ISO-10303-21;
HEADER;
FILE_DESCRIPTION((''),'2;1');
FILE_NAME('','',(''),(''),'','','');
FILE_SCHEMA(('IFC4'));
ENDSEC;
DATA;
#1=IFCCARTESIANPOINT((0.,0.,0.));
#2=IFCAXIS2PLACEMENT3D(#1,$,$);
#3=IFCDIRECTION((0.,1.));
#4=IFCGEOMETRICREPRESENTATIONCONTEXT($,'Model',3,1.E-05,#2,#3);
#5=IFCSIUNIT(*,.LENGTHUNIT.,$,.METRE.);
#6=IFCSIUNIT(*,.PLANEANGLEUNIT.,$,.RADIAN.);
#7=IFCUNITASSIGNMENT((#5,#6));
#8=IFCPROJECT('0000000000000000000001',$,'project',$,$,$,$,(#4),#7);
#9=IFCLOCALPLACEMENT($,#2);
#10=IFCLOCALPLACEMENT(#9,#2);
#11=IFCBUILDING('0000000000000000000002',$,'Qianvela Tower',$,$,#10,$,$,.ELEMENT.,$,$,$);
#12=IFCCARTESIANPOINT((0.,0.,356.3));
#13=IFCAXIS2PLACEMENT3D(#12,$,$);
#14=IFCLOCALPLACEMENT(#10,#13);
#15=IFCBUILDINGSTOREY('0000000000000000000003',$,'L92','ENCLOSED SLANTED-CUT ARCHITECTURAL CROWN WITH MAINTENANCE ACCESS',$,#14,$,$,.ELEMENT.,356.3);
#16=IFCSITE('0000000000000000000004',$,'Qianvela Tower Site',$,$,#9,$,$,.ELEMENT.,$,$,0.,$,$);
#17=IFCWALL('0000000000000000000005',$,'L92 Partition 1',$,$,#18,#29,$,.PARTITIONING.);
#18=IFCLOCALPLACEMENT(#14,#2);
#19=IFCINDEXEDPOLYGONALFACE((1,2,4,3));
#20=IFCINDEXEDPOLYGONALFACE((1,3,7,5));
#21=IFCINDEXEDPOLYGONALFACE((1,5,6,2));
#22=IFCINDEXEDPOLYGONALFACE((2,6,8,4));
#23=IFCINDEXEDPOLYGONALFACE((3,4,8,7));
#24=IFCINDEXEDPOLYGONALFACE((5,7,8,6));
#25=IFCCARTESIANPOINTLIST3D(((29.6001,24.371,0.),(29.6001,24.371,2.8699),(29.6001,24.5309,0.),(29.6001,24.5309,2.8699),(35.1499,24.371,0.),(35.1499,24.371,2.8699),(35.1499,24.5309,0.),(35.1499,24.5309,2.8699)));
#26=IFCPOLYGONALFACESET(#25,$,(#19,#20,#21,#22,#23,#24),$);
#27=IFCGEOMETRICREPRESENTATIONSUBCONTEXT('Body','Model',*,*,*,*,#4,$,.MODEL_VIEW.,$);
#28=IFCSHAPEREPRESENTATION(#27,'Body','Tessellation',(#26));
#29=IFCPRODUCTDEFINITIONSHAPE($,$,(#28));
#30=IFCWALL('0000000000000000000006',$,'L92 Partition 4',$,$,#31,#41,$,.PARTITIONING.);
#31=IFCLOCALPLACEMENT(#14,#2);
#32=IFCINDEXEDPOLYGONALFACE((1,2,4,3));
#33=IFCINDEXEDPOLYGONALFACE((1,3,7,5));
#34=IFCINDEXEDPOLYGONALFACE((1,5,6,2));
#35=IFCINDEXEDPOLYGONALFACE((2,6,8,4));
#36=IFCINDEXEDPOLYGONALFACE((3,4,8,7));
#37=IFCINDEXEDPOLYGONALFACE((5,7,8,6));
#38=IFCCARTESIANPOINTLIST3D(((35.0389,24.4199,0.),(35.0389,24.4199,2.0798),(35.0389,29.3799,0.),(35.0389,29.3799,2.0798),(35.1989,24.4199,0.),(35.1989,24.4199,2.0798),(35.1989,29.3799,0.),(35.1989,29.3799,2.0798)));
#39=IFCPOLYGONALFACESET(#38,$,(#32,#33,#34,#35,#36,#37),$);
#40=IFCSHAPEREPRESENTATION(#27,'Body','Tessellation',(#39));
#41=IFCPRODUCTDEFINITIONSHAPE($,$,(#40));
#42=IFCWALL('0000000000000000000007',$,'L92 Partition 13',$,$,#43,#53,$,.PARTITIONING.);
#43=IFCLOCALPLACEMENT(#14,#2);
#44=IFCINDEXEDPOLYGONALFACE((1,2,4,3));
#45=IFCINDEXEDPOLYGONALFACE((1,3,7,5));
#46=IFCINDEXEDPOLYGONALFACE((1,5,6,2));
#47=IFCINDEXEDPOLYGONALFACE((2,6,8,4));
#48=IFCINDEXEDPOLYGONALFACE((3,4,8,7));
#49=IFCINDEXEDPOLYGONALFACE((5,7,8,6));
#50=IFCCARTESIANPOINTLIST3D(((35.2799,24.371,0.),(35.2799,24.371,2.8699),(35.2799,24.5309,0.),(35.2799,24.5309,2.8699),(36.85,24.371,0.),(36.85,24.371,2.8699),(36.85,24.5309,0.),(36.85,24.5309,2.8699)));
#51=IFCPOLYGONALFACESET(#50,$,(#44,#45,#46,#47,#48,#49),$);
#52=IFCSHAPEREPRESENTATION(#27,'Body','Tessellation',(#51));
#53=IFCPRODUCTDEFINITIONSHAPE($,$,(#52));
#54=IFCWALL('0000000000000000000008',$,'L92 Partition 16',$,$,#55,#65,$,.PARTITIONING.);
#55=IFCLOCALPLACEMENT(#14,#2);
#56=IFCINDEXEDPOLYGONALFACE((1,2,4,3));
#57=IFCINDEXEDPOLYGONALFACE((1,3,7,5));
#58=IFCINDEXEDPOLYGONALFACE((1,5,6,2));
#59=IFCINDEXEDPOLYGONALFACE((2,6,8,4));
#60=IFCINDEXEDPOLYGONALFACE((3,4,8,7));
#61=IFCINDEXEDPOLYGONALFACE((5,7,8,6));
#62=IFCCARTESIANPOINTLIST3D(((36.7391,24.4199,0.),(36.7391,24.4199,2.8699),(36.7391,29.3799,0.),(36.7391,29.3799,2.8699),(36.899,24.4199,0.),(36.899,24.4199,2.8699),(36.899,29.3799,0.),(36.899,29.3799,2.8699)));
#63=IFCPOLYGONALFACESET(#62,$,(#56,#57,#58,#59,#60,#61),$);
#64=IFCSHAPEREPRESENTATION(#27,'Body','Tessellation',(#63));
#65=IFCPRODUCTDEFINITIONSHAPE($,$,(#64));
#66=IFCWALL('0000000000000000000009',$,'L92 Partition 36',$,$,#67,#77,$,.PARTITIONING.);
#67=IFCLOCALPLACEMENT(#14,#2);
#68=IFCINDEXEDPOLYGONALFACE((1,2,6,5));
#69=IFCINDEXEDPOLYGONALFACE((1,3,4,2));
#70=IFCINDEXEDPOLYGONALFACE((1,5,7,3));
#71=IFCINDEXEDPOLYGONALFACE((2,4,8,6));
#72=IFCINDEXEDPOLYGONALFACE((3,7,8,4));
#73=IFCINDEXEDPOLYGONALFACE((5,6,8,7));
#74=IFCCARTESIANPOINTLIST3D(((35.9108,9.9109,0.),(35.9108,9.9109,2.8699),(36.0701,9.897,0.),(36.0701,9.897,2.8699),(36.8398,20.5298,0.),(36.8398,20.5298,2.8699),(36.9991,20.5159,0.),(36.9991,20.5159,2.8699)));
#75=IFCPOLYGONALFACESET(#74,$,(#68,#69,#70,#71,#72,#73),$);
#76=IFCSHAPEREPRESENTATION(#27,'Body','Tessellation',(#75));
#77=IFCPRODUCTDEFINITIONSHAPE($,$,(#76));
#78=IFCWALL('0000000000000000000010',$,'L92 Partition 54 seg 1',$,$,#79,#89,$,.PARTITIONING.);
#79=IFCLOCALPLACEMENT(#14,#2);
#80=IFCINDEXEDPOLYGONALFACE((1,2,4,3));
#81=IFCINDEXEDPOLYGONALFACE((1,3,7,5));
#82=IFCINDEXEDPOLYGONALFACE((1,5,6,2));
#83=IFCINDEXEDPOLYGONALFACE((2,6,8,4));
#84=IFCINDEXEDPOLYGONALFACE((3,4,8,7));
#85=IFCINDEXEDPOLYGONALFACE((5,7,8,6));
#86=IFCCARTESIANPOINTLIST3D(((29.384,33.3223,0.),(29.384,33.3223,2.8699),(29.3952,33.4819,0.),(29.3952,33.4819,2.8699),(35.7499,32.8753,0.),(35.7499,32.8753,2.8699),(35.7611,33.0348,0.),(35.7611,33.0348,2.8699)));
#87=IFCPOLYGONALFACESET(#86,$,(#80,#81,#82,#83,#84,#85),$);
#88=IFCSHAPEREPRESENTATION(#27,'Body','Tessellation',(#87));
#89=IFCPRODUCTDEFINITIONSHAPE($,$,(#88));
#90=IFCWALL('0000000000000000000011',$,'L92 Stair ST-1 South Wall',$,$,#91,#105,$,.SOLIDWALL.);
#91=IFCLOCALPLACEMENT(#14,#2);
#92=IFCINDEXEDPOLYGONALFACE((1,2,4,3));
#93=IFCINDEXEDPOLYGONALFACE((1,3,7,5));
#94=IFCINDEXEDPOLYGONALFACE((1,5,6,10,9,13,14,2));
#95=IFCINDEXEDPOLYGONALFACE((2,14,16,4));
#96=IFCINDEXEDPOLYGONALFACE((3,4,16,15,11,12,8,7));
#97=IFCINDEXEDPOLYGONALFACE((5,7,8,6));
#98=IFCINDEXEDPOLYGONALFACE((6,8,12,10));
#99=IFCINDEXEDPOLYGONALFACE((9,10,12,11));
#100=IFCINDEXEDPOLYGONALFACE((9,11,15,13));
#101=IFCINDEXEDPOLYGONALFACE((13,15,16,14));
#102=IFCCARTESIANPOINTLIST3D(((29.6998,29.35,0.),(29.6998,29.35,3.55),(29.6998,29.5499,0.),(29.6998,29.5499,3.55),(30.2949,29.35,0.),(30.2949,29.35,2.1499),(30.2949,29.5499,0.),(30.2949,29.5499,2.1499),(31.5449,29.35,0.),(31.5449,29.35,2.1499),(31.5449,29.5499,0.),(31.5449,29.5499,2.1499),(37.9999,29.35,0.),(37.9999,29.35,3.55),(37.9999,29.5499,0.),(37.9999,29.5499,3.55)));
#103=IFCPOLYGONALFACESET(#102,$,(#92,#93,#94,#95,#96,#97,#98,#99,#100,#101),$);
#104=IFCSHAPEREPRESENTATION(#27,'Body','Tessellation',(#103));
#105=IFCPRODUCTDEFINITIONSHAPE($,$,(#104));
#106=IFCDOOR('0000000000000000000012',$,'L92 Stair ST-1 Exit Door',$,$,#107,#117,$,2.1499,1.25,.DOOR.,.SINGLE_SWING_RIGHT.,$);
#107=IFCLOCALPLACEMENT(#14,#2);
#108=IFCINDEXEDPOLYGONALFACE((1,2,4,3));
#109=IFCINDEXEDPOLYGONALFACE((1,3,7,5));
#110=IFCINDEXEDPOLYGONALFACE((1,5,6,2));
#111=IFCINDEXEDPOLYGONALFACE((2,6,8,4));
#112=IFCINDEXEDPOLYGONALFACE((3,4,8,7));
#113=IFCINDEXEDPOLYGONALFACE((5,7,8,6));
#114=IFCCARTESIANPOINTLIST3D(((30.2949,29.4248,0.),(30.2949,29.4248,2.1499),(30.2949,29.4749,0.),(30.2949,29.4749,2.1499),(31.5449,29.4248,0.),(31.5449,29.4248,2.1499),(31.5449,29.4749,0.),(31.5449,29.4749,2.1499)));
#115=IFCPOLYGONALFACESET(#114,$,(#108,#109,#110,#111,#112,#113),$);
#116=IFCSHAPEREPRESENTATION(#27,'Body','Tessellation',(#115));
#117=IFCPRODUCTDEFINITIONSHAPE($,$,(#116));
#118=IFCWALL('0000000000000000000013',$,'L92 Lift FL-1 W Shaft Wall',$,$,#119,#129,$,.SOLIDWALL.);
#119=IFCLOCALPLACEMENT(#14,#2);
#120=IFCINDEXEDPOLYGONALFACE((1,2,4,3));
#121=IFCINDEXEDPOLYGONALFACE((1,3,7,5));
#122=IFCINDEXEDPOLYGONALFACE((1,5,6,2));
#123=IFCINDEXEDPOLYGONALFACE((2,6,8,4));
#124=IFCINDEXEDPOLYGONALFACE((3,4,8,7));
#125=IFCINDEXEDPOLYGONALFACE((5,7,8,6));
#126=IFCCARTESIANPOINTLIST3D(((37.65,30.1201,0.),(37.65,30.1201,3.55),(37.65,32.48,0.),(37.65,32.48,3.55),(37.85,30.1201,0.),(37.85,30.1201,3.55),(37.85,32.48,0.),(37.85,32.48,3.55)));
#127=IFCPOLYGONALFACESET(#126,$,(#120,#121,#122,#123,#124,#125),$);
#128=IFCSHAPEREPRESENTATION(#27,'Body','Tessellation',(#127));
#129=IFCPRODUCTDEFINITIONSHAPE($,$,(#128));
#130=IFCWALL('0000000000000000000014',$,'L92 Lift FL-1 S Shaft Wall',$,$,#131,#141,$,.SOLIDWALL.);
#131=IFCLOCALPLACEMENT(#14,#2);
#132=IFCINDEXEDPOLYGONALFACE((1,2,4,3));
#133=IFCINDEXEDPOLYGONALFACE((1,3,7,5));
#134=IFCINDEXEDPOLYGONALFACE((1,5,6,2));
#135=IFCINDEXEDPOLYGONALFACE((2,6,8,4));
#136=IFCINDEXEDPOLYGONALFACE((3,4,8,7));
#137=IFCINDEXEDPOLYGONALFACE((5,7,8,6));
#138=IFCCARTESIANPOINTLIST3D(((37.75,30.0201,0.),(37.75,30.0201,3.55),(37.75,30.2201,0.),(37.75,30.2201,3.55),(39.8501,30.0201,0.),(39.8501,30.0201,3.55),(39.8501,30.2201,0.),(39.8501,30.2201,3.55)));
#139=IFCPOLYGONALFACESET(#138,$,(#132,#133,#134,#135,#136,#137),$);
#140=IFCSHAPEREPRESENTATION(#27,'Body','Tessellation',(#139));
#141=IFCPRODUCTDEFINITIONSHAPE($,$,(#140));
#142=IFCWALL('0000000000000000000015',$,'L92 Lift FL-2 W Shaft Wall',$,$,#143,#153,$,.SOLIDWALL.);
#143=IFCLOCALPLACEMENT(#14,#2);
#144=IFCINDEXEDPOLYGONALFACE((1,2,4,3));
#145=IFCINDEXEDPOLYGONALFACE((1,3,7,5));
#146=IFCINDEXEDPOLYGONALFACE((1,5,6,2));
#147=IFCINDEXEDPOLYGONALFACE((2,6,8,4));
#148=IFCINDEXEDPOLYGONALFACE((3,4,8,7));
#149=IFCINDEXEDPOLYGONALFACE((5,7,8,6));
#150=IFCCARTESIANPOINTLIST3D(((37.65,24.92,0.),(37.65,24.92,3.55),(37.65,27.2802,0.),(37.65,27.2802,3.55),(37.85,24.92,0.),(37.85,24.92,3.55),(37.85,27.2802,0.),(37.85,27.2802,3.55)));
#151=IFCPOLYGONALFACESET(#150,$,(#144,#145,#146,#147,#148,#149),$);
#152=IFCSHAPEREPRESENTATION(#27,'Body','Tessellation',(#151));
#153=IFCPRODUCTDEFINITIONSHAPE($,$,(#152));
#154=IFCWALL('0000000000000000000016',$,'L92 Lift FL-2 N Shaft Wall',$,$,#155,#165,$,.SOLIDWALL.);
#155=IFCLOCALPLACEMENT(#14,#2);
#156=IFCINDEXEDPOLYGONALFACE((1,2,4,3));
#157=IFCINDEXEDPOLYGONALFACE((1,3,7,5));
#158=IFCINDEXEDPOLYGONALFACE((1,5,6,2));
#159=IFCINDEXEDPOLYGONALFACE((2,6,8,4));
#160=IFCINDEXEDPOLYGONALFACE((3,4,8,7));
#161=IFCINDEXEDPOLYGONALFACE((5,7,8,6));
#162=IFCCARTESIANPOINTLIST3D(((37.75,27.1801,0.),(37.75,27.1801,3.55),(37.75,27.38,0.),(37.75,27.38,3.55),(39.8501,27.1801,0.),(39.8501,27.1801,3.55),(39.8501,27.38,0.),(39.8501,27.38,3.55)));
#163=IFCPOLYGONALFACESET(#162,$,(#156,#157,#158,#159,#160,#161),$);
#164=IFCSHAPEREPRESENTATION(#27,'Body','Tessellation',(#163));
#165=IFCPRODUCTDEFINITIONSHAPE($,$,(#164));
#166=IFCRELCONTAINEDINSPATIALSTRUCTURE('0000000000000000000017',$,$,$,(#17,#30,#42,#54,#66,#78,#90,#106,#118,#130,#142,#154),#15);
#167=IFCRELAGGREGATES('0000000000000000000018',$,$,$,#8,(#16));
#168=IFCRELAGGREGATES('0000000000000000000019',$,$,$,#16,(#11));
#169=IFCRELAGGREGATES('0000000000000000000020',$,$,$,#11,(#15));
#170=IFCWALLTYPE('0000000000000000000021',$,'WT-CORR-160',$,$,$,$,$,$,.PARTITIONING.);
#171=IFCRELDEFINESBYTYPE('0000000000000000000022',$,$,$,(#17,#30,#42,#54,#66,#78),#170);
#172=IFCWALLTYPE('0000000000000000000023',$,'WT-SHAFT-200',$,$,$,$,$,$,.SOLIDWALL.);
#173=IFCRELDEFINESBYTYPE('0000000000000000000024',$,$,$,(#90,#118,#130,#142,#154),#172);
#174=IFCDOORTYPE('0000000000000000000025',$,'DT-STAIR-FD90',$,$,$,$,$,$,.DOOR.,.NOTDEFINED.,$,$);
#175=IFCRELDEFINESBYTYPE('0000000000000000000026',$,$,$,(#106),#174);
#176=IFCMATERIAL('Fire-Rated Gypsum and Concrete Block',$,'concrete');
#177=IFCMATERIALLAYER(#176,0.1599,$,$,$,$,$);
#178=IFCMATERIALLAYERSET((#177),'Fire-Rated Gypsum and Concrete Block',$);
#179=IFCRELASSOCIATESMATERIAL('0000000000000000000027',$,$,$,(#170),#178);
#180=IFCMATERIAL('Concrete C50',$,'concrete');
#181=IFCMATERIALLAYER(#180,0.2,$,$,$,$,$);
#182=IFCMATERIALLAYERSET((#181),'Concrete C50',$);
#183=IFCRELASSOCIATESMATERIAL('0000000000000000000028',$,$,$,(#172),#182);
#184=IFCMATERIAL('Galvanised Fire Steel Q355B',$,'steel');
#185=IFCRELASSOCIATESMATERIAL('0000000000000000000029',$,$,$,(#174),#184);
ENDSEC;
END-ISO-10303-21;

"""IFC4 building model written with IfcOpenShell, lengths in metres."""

from ifc_helpers import new_model, si_unit, direction, frame, frame_2d, origin, place, context, subcontext, project, spatial, rectangle, extrude, material, layer, layer_set, type_object, element, fill, save


model = new_model("IFC4")

# Units and contexts
model_context = context("Model", 3, precision=1e-05, world=origin(), true_north=direction((0.0, 1.0)))
body_context = subcontext(model_context, "Body", "Model", "MODEL_VIEW")
ifc_project = project(units=[si_unit("LENGTHUNIT", "METRE"), si_unit("PLANEANGLEUNIT", "RADIAN")], contexts=[model_context])

# Site, building, storey
site_placement = place(None, origin())
site = spatial("IfcSite", under=ifc_project, at=site_placement, Name="Qianvela Tower Site", CompositionType="ELEMENT", RefElevation=0.0)
building_placement = place(site_placement, origin())
building = spatial("IfcBuilding", under=site, at=building_placement, Name="Qianvela Tower", CompositionType="ELEMENT")
storey_placement = place(building_placement, frame((0.0, 0.0, 356.3)))
storey = spatial("IfcBuildingStorey", under=building, at=storey_placement, Name="L92", Description="ENCLOSED SLANTED-CUT ARCHITECTURAL CROWN WITH MAINTENANCE ACCESS", CompositionType="ELEMENT", Elevation=356.3)

# Walls
ifc_material_1 = material(Name="Fire-Rated Gypsum and Concrete Block", Category="concrete")
ifc_layer_1 = layer(ifc_material_1, 0.1599)
ifc_layer_set_1 = layer_set([ifc_layer_1], Name="Fire-Rated Gypsum and Concrete Block")
wall_type_1 = type_object("IfcWallType", Name="WT-CORR-160", PredefinedType="PARTITIONING", material=ifc_layer_set_1)
wall_1_placement = place(storey_placement, frame((35.1499, 24.4509, 0.0), z_axis=(0.0, 0.0, 1.0), x_axis=(-1.0, 0.0, 0.0)))
element("IfcWall", 1, at=wall_1_placement, inside=storey, type_object=wall_type_1, Name="L92 Partition 1", PredefinedType="PARTITIONING", context=body_context, shape_type="SweptSolid", body=[
    extrude(rectangle(XDim=5.5498, YDim=0.1599, at=frame_2d((2.7749, 0.0))), origin(), (0.0, 0.0, 1.0), 2.8699),
])
wall_2_placement = place(storey_placement, frame((35.1189, 29.3799, 0.0), z_axis=(0.0, 0.0, 1.0), x_axis=(0.0, -1.0, 0.0)))
element("IfcWall", 2, at=wall_2_placement, inside=storey, type_object=wall_type_1, Name="L92 Partition 4", PredefinedType="PARTITIONING", context=body_context, shape_type="SweptSolid", body=[
    extrude(rectangle(XDim=4.96, YDim=0.1599, at=frame_2d((2.48, 0.0))), origin(), (0.0, 0.0, 1.0), 2.0798),
])
wall_3_placement = place(storey_placement, frame((36.8501, 24.4509, 0.0), z_axis=(0.0, 0.0, 1.0), x_axis=(-1.0, 0.0, 0.0)))
element("IfcWall", 3, at=wall_3_placement, inside=storey, type_object=wall_type_1, Name="L92 Partition 13", PredefinedType="PARTITIONING", context=body_context, shape_type="SweptSolid", body=[
    extrude(rectangle(XDim=1.5701, YDim=0.1599, at=frame_2d((0.7852, 0.0))), origin(), (0.0, 0.0, 1.0), 2.8699),
])
wall_4_placement = place(storey_placement, frame((36.8191, 29.3799, 0.0), z_axis=(0.0, 0.0, 1.0), x_axis=(0.0, -1.0, 0.0)))
element("IfcWall", 4, at=wall_4_placement, inside=storey, type_object=wall_type_1, Name="L92 Partition 16", PredefinedType="PARTITIONING", context=body_context, shape_type="SweptSolid", body=[
    extrude(rectangle(XDim=4.96, YDim=0.1599, at=frame_2d((2.48, 0.0))), origin(), (0.0, 0.0, 1.0), 2.8699),
])
wall_5_placement = place(storey_placement, frame((36.9194, 20.5227, 0.0), z_axis=(0.0, 0.0, 1.0), x_axis=(-0.087148, -0.996195, 0.0)))
element("IfcWall", 5, at=wall_5_placement, inside=storey, type_object=wall_type_1, Name="L92 Partition 36", PredefinedType="PARTITIONING", context=body_context, shape_type="SweptSolid", body=[
    extrude(rectangle(XDim=10.6594, YDim=0.1599, at=frame_2d((5.3296, 0.0))), origin(), (0.0, 0.0, 1.0), 2.8699),
])
wall_6_placement = place(storey_placement, frame((35.7556, 32.9551, 0.0), z_axis=(0.0, 0.0, 1.0), x_axis=(-0.997544, 0.070048, 0.0)))
element("IfcWall", 6, at=wall_6_placement, inside=storey, type_object=wall_type_1, Name="L92 Partition 54 seg 1", PredefinedType="PARTITIONING", context=body_context, shape_type="SweptSolid", body=[
    extrude(rectangle(XDim=6.3816, YDim=0.1599, at=frame_2d((3.1909, 0.0))), origin(), (0.0, 0.0, 1.0), 2.8699),
])

# Wall, opening, door
ifc_material_2 = material(Name="Concrete C50", Category="concrete")
ifc_layer_2 = layer(ifc_material_2, 0.2)
ifc_layer_set_2 = layer_set([ifc_layer_2], Name="Concrete C50")
wall_type_2 = type_object("IfcWallType", Name="WT-SHAFT-200", PredefinedType="SOLIDWALL", material=ifc_layer_set_2)
wall_7_placement = place(storey_placement, frame((29.7, 29.45, 0.0), z_axis=(0.0, 0.0, 1.0), x_axis=(1.0, 0.0, 0.0)))
wall_7 = element("IfcWall", 7, at=wall_7_placement, inside=storey, type_object=wall_type_2, Name="L92 Stair ST-1 South Wall", PredefinedType="SOLIDWALL", context=body_context, shape_type="SweptSolid", body=[
    extrude(rectangle(XDim=8.3, YDim=0.2, at=frame_2d((4.1499, 0.0))), origin(), (0.0, 0.0, 1.0), 3.55),
])
opening_placement = place(wall_7_placement, frame((0.595, 0.0, 0.0)))
opening = element("IfcOpeningElement", 8, at=opening_placement, cuts=wall_7, PredefinedType="OPENING", context=body_context, shape_type="SweptSolid", body=[
    extrude(rectangle(XDim=1.25, YDim=2.1499, at=frame_2d((0.625, 1.075))), frame((0.0, 0.1099, 0.0), z_axis=(0.0, -1.0, 0.0), x_axis=(1.0, 0.0, 0.0)), (0.0, 0.0, 1.0), 0.22),
])
ifc_material_3 = material(Name="Galvanised Fire Steel Q355B", Category="steel")
door_type = type_object("IfcDoorType", Name="DT-STAIR-FD90", OperationType="NOTDEFINED", PredefinedType="DOOR", material=ifc_material_3)
door_placement = place(opening_placement, origin())
door = element("IfcDoor", 9, at=door_placement, inside=storey, type_object=door_type, Name="L92 Stair ST-1 Exit Door", OperationType="SINGLE_SWING_RIGHT", OverallHeight=2.1499, OverallWidth=1.25, PredefinedType="DOOR", context=body_context, shape_type="SweptSolid", body=[
    extrude(rectangle(XDim=1.25, YDim=2.1499, at=frame_2d((0.625, 1.075))), frame((0.0, 0.0249, 0.0), z_axis=(0.0, -1.0, 0.0), x_axis=(1.0, 0.0, 0.0)), (0.0, 0.0, 1.0), 0.05),
])
fill(opening, door)

# Walls
wall_8_placement = place(storey_placement, frame((37.75, 30.1201, 0.0), z_axis=(0.0, 0.0, 1.0), x_axis=(0.0, 1.0, 0.0)))
element("IfcWall", 10, at=wall_8_placement, inside=storey, type_object=wall_type_2, Name="L92 Lift FL-1 W Shaft Wall", PredefinedType="SOLIDWALL", context=body_context, shape_type="SweptSolid", body=[
    extrude(rectangle(XDim=2.3599, YDim=0.2, at=frame_2d((1.1799, 0.0))), origin(), (0.0, 0.0, 1.0), 3.55),
])
wall_9_placement = place(storey_placement, frame((37.75, 30.1201, 0.0), z_axis=(0.0, 0.0, 1.0), x_axis=(1.0, 0.0, 0.0)))
element("IfcWall", 11, at=wall_9_placement, inside=storey, type_object=wall_type_2, Name="L92 Lift FL-1 S Shaft Wall", PredefinedType="SOLIDWALL", context=body_context, shape_type="SweptSolid", body=[
    extrude(rectangle(XDim=2.1001, YDim=0.2, at=frame_2d((1.05, 0.0))), origin(), (0.0, 0.0, 1.0), 3.55),
])
wall_10_placement = place(storey_placement, frame((37.75, 24.9199, 0.0), z_axis=(0.0, 0.0, 1.0), x_axis=(0.0, 1.0, 0.0)))
element("IfcWall", 12, at=wall_10_placement, inside=storey, type_object=wall_type_2, Name="L92 Lift FL-2 W Shaft Wall", PredefinedType="SOLIDWALL", context=body_context, shape_type="SweptSolid", body=[
    extrude(rectangle(XDim=2.3601, YDim=0.2, at=frame_2d((1.1802, 0.0))), origin(), (0.0, 0.0, 1.0), 3.55),
])
wall_11_placement = place(storey_placement, frame((37.75, 27.28, 0.0), z_axis=(0.0, 0.0, 1.0), x_axis=(1.0, 0.0, 0.0)))
element("IfcWall", 13, at=wall_11_placement, inside=storey, type_object=wall_type_2, Name="L92 Lift FL-2 N Shaft Wall", PredefinedType="SOLIDWALL", context=body_context, shape_type="SweptSolid", body=[
    extrude(rectangle(XDim=2.1001, YDim=0.2, at=frame_2d((1.05, 0.0))), origin(), (0.0, 0.0, 1.0), 3.55),
])

save(model, "model.ifc")
